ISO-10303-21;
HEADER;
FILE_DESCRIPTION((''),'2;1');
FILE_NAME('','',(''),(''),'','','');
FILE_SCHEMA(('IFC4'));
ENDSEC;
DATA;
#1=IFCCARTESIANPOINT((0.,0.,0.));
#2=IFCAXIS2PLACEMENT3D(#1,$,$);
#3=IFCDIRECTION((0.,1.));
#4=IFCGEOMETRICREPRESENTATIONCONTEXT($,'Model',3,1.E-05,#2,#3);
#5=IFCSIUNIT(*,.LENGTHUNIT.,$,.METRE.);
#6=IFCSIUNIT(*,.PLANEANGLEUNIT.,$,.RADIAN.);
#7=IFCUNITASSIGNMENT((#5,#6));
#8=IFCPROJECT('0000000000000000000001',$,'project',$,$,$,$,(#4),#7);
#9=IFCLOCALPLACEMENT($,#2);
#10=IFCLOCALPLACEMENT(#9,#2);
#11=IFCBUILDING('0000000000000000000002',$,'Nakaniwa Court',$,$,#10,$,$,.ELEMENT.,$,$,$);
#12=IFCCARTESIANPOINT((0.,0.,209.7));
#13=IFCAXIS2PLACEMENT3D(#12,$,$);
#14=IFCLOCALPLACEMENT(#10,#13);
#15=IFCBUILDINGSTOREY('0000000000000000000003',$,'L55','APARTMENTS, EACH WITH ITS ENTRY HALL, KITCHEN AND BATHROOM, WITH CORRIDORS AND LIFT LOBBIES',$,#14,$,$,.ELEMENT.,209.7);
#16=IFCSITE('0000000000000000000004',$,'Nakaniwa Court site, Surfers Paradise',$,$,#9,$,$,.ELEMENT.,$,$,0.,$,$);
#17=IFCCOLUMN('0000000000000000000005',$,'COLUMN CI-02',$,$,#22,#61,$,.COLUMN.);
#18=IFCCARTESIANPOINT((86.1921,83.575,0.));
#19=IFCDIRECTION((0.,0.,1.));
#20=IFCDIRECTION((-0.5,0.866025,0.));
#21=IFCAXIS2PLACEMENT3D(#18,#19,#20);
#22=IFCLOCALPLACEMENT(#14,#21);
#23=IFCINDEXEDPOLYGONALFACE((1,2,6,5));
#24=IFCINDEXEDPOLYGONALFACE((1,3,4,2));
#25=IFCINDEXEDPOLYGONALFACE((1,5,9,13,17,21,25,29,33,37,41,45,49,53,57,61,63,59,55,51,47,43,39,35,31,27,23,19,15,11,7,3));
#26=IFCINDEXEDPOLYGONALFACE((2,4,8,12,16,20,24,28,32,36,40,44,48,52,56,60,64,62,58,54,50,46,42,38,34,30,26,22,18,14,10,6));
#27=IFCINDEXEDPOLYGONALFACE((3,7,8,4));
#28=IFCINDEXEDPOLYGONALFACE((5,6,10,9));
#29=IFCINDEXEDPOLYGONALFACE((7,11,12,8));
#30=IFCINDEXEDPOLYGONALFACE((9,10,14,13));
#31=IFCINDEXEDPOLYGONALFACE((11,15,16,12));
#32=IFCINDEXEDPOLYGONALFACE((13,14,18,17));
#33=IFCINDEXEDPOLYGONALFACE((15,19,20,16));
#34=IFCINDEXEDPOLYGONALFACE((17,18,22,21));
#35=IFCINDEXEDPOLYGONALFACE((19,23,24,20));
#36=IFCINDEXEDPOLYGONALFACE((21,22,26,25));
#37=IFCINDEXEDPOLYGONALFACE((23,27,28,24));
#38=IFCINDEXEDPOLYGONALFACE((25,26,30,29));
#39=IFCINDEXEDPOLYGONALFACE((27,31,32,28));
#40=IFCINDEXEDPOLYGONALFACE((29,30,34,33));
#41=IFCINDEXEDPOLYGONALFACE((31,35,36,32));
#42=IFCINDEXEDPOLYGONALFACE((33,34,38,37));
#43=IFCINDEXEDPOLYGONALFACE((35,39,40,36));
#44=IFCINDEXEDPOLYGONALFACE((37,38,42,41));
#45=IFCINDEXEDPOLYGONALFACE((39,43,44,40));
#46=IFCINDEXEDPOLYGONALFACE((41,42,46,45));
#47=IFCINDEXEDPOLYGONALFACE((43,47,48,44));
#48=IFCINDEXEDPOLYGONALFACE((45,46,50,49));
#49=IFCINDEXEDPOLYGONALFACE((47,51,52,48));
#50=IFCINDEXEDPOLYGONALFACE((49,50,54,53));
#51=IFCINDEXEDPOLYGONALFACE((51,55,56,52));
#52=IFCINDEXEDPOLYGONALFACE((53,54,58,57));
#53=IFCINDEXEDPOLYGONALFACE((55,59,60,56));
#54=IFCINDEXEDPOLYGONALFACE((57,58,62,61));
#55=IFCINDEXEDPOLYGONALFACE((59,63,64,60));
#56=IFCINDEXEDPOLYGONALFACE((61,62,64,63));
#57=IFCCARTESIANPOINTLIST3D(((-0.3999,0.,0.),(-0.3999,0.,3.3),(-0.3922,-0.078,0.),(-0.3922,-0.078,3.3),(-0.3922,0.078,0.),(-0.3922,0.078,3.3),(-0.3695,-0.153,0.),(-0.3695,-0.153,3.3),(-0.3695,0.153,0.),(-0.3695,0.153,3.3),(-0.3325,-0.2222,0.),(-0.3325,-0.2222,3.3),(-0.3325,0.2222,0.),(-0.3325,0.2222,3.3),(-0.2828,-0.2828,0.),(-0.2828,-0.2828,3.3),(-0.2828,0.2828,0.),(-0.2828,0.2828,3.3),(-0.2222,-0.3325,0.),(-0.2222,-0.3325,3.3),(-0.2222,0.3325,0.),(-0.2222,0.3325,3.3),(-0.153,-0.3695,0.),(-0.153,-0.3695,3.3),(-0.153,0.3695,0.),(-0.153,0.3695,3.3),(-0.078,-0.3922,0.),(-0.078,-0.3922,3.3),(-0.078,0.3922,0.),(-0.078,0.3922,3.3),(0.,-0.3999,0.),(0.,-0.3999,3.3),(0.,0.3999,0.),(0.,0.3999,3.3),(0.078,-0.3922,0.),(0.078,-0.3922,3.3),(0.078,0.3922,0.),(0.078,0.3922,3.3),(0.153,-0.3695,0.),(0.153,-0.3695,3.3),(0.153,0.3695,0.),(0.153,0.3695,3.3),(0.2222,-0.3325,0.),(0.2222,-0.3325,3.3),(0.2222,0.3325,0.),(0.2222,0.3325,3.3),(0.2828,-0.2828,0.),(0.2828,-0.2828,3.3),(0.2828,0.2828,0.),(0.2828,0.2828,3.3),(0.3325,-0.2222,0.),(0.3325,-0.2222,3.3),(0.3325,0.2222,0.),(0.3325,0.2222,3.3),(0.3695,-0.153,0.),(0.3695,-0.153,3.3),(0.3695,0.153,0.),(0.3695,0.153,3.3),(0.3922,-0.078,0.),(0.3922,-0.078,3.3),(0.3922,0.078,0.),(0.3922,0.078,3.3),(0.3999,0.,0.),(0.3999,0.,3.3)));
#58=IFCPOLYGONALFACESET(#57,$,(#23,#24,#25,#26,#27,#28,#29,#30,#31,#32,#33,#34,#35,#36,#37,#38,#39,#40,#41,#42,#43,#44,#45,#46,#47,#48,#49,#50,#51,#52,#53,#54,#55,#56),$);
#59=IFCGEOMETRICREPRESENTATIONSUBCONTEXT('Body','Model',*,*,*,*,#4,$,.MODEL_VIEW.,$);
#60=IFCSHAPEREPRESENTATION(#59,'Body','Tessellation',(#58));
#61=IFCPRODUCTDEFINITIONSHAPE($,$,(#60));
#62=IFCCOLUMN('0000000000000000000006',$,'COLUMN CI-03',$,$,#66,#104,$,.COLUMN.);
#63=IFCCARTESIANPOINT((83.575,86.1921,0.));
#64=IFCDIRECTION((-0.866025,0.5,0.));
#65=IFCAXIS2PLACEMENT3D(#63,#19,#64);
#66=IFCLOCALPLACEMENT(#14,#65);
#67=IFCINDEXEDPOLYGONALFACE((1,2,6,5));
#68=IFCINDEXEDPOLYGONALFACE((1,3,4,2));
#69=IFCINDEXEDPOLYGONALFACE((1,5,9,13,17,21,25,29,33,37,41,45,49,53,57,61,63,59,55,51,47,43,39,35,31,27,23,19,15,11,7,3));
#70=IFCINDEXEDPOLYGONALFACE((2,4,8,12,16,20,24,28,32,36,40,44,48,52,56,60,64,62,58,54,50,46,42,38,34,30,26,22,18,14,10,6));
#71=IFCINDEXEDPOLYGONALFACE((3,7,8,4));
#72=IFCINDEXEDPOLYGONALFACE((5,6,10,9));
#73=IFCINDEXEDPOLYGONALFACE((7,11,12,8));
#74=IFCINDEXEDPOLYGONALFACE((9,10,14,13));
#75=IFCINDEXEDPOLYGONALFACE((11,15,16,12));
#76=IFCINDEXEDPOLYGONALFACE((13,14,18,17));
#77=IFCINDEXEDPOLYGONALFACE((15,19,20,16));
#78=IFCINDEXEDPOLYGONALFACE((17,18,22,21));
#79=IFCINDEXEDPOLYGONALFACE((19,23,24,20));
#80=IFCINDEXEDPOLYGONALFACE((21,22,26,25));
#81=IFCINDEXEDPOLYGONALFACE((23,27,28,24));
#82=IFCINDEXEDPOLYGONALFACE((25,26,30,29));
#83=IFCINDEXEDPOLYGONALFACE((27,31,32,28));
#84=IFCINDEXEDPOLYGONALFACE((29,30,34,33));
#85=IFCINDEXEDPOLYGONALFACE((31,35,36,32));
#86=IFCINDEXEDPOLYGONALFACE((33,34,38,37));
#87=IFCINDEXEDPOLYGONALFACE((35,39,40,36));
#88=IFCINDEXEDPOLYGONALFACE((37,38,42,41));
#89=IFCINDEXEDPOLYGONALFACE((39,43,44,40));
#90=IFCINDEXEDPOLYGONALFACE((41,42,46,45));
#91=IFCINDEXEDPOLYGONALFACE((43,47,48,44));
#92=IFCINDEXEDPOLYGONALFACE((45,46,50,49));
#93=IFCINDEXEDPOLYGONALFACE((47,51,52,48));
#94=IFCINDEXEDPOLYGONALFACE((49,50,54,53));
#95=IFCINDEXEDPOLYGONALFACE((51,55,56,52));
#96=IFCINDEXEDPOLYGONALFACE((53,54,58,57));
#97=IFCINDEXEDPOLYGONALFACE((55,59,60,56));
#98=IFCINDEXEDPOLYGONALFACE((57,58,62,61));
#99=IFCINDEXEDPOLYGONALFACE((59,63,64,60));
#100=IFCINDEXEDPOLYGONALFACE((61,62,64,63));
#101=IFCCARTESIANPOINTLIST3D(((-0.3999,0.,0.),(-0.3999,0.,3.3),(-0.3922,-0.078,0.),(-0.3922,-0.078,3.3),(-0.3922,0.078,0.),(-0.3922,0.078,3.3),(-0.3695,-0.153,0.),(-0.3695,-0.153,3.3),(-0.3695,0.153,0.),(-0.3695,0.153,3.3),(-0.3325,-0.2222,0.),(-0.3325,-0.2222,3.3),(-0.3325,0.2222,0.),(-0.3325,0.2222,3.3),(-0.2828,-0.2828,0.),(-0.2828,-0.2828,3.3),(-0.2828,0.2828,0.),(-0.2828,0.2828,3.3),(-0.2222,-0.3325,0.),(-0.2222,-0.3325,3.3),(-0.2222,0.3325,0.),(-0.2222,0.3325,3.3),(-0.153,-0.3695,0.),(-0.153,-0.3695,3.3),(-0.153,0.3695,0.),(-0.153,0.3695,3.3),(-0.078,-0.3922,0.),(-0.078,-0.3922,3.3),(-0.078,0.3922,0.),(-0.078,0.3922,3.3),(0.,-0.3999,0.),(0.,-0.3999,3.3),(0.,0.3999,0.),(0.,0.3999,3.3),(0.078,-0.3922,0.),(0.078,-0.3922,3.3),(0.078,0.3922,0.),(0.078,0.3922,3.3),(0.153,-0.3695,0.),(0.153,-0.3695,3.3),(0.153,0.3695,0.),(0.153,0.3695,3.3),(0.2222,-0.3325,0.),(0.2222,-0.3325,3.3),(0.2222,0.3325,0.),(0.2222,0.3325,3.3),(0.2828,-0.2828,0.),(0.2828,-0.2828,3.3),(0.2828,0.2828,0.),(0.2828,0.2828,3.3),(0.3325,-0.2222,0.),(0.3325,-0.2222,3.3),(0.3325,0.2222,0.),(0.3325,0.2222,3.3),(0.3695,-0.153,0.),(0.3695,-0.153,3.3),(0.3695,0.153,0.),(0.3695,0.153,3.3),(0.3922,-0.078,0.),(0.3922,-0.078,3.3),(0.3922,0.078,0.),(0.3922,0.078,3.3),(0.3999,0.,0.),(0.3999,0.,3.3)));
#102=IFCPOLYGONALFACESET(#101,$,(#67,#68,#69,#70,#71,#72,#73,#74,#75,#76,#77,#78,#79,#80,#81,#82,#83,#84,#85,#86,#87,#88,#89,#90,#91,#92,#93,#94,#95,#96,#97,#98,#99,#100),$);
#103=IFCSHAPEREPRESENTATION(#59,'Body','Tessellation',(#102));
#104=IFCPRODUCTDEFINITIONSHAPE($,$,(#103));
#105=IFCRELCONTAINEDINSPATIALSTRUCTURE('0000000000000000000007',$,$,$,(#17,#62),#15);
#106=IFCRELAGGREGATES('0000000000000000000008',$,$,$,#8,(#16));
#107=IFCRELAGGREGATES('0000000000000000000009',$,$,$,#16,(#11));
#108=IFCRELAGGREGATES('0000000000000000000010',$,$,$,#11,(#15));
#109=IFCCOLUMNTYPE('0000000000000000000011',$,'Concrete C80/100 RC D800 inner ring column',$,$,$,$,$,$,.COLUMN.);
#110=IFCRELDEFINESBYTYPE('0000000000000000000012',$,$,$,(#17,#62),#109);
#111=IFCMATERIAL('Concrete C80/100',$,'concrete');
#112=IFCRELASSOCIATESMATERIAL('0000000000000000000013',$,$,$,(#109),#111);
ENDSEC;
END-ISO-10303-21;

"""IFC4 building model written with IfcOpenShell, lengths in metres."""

from ifc_helpers import new_model, si_unit, direction, frame, origin, origin_2d, place, context, subcontext, project, spatial, circle, extrude, material, material_profile, profile_set, type_object, element, save


model = new_model("IFC4")

# Units and contexts
model_context = context("Model", 3, precision=1e-05, world=origin(), true_north=direction((0.0, 1.0)))
body_context = subcontext(model_context, "Body", "Model", "MODEL_VIEW")
ifc_project = project(units=[si_unit("LENGTHUNIT", "METRE"), si_unit("PLANEANGLEUNIT", "RADIAN")], contexts=[model_context])

# Site, building, storey
site_placement = place(None, origin())
site = spatial("IfcSite", under=ifc_project, at=site_placement, Name="Nakaniwa Court site, Surfers Paradise", CompositionType="ELEMENT", RefElevation=0.0)
building_placement = place(site_placement, origin())
building = spatial("IfcBuilding", under=site, at=building_placement, Name="Nakaniwa Court", CompositionType="ELEMENT")
storey_placement = place(building_placement, frame((0.0, 0.0, 209.7)))
storey = spatial("IfcBuildingStorey", under=building, at=storey_placement, Name="L55", Description="APARTMENTS, EACH WITH ITS ENTRY HALL, KITCHEN AND BATHROOM, WITH CORRIDORS AND LIFT LOBBIES", CompositionType="ELEMENT", Elevation=209.7)

# Columns
ifc_material_1 = material(Name="Concrete C80/100", Category="concrete")
ifc_material_profile_1 = material_profile(ifc_material_1, circle(Radius=0.3999, at=origin_2d()), Name="Concrete C80/100 RC D800 inner ring column")
ifc_profile_set_1 = profile_set([ifc_material_profile_1], Name="Concrete C80/100")
column_type = type_object("IfcColumnType", Name="Concrete C80/100 RC D800 inner ring column", PredefinedType="COLUMN", material=ifc_profile_set_1)
for number, where, z_axis, x_axis, name in (
    (1, (86.1921, 83.575, 0.0), (0.0, 0.0, 1.0), (-0.5, 0.866025, 0.0), "COLUMN CI-02"),
    (2, (83.575, 86.1921, 0.0), (0.0, 0.0, 1.0), (-0.866025, 0.5, 0.0), "COLUMN CI-03"),
):
    element("IfcColumn", number, at=place(storey_placement, frame(where, z_axis=z_axis, x_axis=x_axis)), inside=storey, type_object=column_type, Name=name, PredefinedType="COLUMN", context=body_context, shape_type="SweptSolid", body=[
        extrude(circle(Radius=0.3999, at=origin_2d()), origin(), (0.0, 0.0, 1.0), 3.3),
    ])

save(model, "model.ifc")
